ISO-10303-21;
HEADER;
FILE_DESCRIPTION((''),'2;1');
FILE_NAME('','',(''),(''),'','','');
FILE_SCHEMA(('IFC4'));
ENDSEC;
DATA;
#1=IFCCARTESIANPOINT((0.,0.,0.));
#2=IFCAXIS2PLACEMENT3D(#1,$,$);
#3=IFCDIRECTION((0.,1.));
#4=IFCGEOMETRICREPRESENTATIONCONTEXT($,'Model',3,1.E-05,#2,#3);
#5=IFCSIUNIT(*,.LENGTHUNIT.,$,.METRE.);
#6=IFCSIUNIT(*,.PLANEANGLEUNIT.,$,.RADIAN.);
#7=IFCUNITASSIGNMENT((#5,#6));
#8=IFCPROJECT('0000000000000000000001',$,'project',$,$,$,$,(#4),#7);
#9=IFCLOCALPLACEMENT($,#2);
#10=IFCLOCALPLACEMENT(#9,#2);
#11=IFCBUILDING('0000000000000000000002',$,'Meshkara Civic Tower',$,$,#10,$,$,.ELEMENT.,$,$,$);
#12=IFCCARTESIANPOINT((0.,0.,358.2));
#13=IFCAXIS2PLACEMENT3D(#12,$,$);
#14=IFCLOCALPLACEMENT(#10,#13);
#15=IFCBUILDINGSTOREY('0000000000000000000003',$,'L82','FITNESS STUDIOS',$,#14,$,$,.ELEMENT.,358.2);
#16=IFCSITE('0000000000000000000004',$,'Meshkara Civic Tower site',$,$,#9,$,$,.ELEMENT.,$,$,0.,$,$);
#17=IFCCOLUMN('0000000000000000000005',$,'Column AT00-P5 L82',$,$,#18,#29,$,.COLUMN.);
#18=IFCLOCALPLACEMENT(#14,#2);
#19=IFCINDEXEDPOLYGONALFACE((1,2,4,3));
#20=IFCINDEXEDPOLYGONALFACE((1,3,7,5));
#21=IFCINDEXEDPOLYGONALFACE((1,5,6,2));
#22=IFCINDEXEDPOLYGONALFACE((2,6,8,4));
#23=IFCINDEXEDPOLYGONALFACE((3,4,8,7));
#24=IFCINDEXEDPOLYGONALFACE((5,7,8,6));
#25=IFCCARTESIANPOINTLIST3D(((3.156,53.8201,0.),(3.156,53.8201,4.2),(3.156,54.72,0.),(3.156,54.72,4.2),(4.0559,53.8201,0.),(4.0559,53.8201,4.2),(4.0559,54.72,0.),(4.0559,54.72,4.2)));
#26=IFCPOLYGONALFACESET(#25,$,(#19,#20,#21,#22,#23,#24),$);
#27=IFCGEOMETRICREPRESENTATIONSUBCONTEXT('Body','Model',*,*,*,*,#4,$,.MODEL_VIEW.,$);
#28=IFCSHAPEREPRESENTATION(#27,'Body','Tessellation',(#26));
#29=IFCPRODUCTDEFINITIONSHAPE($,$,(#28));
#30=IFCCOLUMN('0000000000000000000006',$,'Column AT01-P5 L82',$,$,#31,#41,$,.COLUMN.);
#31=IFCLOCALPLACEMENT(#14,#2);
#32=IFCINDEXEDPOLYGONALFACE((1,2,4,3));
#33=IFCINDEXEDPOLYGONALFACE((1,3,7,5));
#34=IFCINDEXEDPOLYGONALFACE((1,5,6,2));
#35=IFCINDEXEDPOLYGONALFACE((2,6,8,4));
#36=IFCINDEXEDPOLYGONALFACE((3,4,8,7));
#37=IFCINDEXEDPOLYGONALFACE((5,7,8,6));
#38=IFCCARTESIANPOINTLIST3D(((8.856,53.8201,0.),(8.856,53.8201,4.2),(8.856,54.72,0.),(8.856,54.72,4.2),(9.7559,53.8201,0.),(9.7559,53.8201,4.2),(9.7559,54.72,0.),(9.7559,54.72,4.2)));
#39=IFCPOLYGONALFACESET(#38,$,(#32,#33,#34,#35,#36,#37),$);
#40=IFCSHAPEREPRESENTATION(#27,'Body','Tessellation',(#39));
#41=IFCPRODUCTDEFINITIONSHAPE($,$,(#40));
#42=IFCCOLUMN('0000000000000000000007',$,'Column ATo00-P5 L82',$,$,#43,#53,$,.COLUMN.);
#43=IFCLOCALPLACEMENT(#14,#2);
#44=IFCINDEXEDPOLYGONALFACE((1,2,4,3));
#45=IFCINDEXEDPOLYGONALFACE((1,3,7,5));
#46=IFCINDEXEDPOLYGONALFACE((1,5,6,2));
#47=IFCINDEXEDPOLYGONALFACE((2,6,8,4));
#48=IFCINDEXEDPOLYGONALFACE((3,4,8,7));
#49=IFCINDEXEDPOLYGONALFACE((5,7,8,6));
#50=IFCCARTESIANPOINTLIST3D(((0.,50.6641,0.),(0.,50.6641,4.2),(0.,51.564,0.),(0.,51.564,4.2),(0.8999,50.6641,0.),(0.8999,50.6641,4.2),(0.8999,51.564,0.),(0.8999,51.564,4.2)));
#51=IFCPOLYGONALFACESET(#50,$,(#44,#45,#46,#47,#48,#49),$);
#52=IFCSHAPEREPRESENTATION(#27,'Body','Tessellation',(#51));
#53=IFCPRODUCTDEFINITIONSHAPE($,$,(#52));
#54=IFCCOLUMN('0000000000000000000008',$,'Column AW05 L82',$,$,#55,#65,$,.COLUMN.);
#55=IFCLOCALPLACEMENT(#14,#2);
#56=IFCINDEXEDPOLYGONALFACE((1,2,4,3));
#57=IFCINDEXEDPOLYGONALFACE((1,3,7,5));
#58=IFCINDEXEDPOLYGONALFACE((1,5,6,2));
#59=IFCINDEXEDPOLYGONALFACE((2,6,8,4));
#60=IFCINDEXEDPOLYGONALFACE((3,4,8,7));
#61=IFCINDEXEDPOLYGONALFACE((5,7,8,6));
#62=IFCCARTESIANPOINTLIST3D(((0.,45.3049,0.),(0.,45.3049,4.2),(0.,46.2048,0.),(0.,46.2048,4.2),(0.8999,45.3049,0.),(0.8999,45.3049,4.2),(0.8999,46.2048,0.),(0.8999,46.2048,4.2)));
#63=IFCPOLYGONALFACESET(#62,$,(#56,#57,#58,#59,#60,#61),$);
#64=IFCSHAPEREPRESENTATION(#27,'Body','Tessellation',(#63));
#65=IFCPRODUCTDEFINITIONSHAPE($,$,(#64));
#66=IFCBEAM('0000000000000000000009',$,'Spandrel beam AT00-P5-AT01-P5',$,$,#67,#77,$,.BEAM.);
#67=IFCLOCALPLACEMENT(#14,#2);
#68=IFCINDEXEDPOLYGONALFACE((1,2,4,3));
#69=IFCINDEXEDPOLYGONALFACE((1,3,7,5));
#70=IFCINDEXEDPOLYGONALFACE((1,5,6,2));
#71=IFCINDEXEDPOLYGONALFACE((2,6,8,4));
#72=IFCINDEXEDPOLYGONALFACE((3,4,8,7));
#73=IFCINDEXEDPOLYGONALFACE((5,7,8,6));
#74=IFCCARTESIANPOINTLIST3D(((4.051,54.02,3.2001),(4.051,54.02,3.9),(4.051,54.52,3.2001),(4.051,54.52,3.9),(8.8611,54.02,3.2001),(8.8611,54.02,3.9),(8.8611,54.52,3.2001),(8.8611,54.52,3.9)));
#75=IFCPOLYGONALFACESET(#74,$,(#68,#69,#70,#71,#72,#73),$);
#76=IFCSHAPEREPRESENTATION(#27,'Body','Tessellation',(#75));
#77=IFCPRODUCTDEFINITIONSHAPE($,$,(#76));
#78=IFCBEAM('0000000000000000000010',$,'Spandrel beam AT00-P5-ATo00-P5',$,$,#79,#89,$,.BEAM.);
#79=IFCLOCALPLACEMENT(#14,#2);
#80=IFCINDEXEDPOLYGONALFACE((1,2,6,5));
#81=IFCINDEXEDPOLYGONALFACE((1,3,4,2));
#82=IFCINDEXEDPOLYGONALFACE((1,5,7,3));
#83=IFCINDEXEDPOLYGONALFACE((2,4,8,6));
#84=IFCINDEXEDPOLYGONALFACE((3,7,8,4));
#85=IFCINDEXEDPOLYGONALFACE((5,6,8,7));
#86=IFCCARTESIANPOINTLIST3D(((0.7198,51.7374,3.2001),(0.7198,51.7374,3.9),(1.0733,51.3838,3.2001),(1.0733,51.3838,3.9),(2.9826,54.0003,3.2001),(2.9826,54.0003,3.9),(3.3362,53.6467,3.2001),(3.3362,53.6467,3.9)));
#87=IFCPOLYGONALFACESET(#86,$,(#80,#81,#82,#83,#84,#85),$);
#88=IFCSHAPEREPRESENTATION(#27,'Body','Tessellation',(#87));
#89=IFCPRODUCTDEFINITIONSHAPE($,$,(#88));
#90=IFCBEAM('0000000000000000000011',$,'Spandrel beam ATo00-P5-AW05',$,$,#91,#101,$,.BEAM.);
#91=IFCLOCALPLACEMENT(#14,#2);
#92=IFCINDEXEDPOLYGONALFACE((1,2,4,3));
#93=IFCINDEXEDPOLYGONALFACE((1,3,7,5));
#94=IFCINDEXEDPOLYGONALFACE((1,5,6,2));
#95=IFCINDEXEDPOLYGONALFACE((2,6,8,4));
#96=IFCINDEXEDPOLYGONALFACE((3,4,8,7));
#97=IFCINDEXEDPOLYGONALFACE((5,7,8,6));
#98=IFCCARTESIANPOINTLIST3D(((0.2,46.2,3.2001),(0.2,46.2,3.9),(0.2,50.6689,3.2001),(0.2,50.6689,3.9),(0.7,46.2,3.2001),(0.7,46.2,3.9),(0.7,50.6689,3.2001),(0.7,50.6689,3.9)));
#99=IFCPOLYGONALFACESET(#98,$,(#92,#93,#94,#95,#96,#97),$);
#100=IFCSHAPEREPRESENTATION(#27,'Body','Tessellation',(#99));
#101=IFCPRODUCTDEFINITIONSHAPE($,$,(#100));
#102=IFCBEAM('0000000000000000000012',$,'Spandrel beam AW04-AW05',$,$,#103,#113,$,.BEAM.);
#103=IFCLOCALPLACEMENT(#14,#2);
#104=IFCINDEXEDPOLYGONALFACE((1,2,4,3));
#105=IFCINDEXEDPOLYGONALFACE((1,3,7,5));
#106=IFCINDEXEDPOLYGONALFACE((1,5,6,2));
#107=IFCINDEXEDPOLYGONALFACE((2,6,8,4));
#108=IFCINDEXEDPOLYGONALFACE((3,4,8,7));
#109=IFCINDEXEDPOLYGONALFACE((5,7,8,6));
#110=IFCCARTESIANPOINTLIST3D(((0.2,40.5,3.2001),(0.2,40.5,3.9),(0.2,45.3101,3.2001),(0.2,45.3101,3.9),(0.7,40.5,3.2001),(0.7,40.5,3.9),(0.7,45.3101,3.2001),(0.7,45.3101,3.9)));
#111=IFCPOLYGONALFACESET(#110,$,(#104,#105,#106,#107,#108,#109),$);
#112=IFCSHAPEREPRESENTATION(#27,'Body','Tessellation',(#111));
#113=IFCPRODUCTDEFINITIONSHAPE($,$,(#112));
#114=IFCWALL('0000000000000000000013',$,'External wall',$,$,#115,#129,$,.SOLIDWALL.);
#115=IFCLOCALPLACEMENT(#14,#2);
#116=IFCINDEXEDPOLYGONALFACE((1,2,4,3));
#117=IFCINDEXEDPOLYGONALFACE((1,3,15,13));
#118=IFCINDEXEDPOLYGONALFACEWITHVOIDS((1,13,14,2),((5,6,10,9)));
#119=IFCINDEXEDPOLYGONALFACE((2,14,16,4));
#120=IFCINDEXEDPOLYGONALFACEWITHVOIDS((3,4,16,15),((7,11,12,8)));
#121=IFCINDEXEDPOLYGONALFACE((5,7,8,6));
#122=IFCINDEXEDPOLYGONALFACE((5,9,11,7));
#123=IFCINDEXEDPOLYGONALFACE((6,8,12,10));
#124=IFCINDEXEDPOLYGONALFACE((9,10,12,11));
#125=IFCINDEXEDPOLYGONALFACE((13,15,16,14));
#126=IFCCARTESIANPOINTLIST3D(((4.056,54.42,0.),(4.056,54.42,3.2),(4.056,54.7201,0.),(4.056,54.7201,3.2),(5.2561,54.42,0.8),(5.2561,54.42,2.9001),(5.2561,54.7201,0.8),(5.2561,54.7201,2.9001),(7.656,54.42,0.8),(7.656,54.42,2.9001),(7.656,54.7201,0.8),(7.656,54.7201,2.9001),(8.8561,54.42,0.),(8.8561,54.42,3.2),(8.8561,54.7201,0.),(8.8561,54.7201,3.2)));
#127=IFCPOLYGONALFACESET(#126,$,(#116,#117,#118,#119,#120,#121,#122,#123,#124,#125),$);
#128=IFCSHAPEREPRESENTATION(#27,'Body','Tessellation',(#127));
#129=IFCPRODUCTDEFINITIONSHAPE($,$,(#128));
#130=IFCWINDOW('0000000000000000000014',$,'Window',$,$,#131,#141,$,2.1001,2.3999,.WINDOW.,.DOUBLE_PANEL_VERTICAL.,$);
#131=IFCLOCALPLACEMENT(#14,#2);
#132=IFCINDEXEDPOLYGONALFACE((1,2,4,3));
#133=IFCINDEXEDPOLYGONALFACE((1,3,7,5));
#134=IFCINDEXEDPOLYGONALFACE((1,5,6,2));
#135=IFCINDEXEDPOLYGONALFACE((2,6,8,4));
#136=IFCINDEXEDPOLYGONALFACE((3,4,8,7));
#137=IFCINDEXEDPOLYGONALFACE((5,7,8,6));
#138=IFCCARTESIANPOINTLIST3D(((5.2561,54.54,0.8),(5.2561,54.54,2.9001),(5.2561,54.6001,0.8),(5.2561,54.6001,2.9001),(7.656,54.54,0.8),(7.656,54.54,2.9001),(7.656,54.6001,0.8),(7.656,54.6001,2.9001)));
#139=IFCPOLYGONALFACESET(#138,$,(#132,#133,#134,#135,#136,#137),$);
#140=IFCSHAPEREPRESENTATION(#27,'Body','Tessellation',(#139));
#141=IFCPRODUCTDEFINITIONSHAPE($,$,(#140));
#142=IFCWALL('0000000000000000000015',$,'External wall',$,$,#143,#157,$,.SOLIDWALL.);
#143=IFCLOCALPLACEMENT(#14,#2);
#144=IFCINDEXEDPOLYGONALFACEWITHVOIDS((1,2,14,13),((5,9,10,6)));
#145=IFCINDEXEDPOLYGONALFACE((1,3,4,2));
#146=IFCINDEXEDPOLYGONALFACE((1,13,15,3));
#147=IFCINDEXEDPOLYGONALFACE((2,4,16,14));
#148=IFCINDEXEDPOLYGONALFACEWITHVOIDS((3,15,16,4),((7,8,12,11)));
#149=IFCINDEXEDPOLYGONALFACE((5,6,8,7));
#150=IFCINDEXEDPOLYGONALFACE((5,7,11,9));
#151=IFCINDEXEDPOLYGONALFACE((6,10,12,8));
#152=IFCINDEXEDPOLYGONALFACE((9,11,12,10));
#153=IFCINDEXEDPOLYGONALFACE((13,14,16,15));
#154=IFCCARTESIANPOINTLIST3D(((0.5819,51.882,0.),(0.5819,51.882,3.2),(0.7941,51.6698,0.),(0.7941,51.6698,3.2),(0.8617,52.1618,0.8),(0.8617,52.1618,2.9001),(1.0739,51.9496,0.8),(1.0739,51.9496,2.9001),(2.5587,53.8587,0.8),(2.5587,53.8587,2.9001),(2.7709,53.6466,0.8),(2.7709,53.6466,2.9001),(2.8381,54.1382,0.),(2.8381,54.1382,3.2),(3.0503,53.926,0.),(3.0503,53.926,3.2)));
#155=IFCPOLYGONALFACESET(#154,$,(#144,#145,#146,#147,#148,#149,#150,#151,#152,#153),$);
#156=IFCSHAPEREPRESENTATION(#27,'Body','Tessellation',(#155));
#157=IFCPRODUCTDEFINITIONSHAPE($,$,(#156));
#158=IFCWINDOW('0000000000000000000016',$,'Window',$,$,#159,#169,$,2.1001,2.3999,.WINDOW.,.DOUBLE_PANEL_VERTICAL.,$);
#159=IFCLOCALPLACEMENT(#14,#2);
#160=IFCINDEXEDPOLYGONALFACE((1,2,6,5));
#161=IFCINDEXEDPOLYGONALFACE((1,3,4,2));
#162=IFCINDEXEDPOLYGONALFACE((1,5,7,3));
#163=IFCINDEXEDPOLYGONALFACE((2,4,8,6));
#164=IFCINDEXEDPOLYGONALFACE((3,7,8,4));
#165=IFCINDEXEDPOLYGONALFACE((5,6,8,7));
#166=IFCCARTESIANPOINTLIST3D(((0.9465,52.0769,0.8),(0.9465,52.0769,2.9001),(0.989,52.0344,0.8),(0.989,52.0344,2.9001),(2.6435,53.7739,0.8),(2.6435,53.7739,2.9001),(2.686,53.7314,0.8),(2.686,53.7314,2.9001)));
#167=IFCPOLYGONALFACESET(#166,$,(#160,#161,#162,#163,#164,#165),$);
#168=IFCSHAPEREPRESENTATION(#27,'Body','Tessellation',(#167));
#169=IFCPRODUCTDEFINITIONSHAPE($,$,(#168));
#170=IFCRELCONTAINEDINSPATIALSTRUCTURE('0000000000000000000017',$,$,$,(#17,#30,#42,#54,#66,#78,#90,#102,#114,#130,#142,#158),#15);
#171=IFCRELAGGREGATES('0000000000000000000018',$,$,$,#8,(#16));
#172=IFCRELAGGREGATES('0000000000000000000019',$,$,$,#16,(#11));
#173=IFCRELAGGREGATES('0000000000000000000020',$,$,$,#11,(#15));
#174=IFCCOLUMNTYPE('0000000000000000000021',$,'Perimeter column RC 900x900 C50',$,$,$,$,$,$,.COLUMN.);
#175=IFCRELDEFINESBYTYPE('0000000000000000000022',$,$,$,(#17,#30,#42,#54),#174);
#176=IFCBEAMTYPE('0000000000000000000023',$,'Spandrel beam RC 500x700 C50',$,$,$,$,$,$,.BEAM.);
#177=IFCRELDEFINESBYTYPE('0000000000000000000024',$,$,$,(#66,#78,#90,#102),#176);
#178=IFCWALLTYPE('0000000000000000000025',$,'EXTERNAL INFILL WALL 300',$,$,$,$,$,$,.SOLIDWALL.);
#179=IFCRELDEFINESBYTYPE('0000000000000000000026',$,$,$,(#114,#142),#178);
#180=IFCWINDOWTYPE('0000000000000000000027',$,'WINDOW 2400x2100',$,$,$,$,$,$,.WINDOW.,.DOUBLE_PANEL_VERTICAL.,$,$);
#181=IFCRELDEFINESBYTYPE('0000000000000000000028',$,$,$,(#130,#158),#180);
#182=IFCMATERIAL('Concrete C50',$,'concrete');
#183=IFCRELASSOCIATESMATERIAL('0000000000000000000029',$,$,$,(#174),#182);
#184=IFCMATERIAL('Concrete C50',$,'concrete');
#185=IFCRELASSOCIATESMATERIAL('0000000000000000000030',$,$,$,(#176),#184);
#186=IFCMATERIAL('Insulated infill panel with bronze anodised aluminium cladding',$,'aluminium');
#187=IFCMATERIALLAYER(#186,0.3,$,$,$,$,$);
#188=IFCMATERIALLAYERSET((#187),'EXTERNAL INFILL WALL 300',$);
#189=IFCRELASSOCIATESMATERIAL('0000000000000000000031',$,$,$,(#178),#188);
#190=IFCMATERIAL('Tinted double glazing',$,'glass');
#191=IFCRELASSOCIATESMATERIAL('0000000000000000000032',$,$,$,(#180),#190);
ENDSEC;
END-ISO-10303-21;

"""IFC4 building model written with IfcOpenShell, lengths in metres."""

from ifc_helpers import new_model, si_unit, direction, frame, frame_2d, origin, origin_2d, place, context, subcontext, project, spatial, rectangle, extrude, material, layer, layer_set, material_profile, profile_set, type_object, element, fill, save


model = new_model("IFC4")

# Units and contexts
model_context = context("Model", 3, precision=1e-05, world=origin(), true_north=direction((0.0, 1.0)))
body_context = subcontext(model_context, "Body", "Model", "MODEL_VIEW")
ifc_project = project(units=[si_unit("LENGTHUNIT", "METRE"), si_unit("PLANEANGLEUNIT", "RADIAN")], contexts=[model_context])

# Site, building, storey
site_placement = place(None, origin())
site = spatial("IfcSite", under=ifc_project, at=site_placement, Name="Meshkara Civic Tower site", CompositionType="ELEMENT", RefElevation=0.0)
building_placement = place(site_placement, origin())
building = spatial("IfcBuilding", under=site, at=building_placement, Name="Meshkara Civic Tower", CompositionType="ELEMENT")
storey_placement = place(building_placement, frame((0.0, 0.0, 358.2)))
storey = spatial("IfcBuildingStorey", under=building, at=storey_placement, Name="L82", Description="FITNESS STUDIOS", CompositionType="ELEMENT", Elevation=358.2)

# Columns
ifc_material_1 = material(Name="Concrete C50", Category="concrete")
ifc_material_profile_1 = material_profile(ifc_material_1, rectangle(XDim=0.8999, YDim=0.8999, at=origin_2d()))
ifc_profile_set_1 = profile_set([ifc_material_profile_1], Name="Concrete C50")
column_type = type_object("IfcColumnType", Name="Perimeter column RC 900x900 C50", PredefinedType="COLUMN", material=ifc_profile_set_1)
for number, where, z_axis, x_axis, name in (
    (1, (3.606, 54.27, 0.0), (0.0, 0.0, 1.0), (1.0, 0.0, 0.0), "Column AT00-P5 L82"),
    (2, (9.3059, 54.27, 0.0), (0.0, 0.0, 1.0), (1.0, 0.0, 0.0), "Column AT01-P5 L82"),
    (3, (0.45, 51.114, 0.0), (0.0, 0.0, 1.0), (1.0, 0.0, 0.0), "Column ATo00-P5 L82"),
    (4, (0.45, 45.7549, 0.0), (0.0, 0.0, 1.0), (1.0, 0.0, 0.0), "Column AW05 L82"),
):
    element("IfcColumn", number, at=place(storey_placement, frame(where, z_axis=z_axis, x_axis=x_axis)), inside=storey, type_object=column_type, Name=name, PredefinedType="COLUMN", context=body_context, shape_type="SweptSolid", body=[
        extrude(rectangle(XDim=0.8999, YDim=0.8999, at=origin_2d()), origin(), (0.0, 0.0, 1.0), 4.2),
    ])

# Beams
ifc_material_2 = material(Name="Concrete C50", Category="concrete")
ifc_material_profile_2 = material_profile(ifc_material_2, rectangle(XDim=0.5, YDim=0.7, at=origin_2d()))
ifc_profile_set_2 = profile_set([ifc_material_profile_2], Name="Concrete C50")
beam_type = type_object("IfcBeamType", Name="Spandrel beam RC 500x700 C50", PredefinedType="BEAM", material=ifc_profile_set_2)
beam_1_placement = place(storey_placement, frame((8.8611, 54.27, 3.55), z_axis=(-1.0, 0.0, 0.0), x_axis=(0.0, -1.0, 0.0)))
element("IfcBeam", 5, at=beam_1_placement, inside=storey, type_object=beam_type, Name="Spandrel beam AT00-P5-AT01-P5", PredefinedType="BEAM", context=body_context, shape_type="SweptSolid", body=[
    extrude(rectangle(XDim=0.5, YDim=0.7, at=origin_2d()), origin(), (0.0, 0.0, 1.0), 4.8101),
])
beam_2_placement = place(storey_placement, frame((3.1594, 53.8235, 3.55), z_axis=(-0.707107, -0.707107, 0.0), x_axis=(0.707107, -0.707107, 0.0)))
element("IfcBeam", 6, at=beam_2_placement, inside=storey, type_object=beam_type, Name="Spandrel beam AT00-P5-ATo00-P5", PredefinedType="BEAM", context=body_context, shape_type="SweptSolid", body=[
    extrude(rectangle(XDim=0.5, YDim=0.7, at=origin_2d()), origin(), (0.0, 0.0, 1.0), 3.2002),
])
beam_3_placement = place(storey_placement, frame((0.45, 50.6689, 3.55), z_axis=(0.0, -1.0, 0.0), x_axis=(1.0, 0.0, 0.0)))
element("IfcBeam", 7, at=beam_3_placement, inside=storey, type_object=beam_type, Name="Spandrel beam ATo00-P5-AW05", PredefinedType="BEAM", context=body_context, shape_type="SweptSolid", body=[
    extrude(rectangle(XDim=0.5, YDim=0.7, at=origin_2d()), origin(), (0.0, 0.0, 1.0), 4.469),
])
beam_4_placement = place(storey_placement, frame((0.45, 45.3101, 3.55), z_axis=(0.0, -1.0, 0.0), x_axis=(1.0, 0.0, 0.0)))
element("IfcBeam", 8, at=beam_4_placement, inside=storey, type_object=beam_type, Name="Spandrel beam AW04-AW05", PredefinedType="BEAM", context=body_context, shape_type="SweptSolid", body=[
    extrude(rectangle(XDim=0.5, YDim=0.7, at=origin_2d()), origin(), (0.0, 0.0, 1.0), 4.8101),
])

# Walls, openings, windows
ifc_material_3 = material(Name="Insulated infill panel with bronze anodised aluminium cladding", Category="aluminium")
ifc_layer_1 = layer(ifc_material_3, 0.3)
ifc_layer_set_1 = layer_set([ifc_layer_1], Name="EXTERNAL INFILL WALL 300")
wall_type_1 = type_object("IfcWallType", Name="EXTERNAL INFILL WALL 300", PredefinedType="SOLIDWALL", material=ifc_layer_set_1)
wall_1_placement = place(storey_placement, frame((8.856, 54.5701, 0.0), z_axis=(0.0, 0.0, 1.0), x_axis=(-1.0, 0.0, 0.0)))
wall_1 = element("IfcWall", 9, at=wall_1_placement, inside=storey, type_object=wall_type_1, Name="External wall", PredefinedType="SOLIDWALL", context=body_context, shape_type="SweptSolid", body=[
    extrude(rectangle(XDim=4.8, YDim=0.3, at=frame_2d((2.3999, 0.0))), origin(), (0.0, 0.0, 1.0), 3.2),
])
opening_1_placement = place(wall_1_placement, frame((1.2, 0.0, 0.8)))
opening_1 = element("IfcOpeningElement", 10, at=opening_1_placement, cuts=wall_1, PredefinedType="OPENING", context=body_context, shape_type="SweptSolid", body=[
    extrude(rectangle(XDim=2.3999, YDim=2.1001, at=frame_2d((1.2, 1.05))), frame((0.0, 0.1599, 0.0), z_axis=(0.0, -1.0, 0.0), x_axis=(1.0, 0.0, 0.0)), (0.0, 0.0, 1.0), 0.3201),
])
ifc_material_4 = material(Name="Tinted double glazing", Category="glass")
window_type = type_object("IfcWindowType", Name="WINDOW 2400x2100", PartitioningType="DOUBLE_PANEL_VERTICAL", PredefinedType="WINDOW", material=ifc_material_4)
window_1_placement = place(opening_1_placement, origin())
window_1 = element("IfcWindow", 11, at=window_1_placement, inside=storey, type_object=window_type, Name="Window", OverallHeight=2.1001, OverallWidth=2.3999, PartitioningType="DOUBLE_PANEL_VERTICAL", PredefinedType="WINDOW", context=body_context, shape_type="SweptSolid", body=[
    extrude(rectangle(XDim=2.3999, YDim=2.1001, at=frame_2d((1.2, 1.05))), frame((0.0, 0.03, 0.0), z_axis=(0.0, -1.0, 0.0), x_axis=(1.0, 0.0, 0.0)), (0.0, 0.0, 1.0), 0.0601),
])
fill(opening_1, window_1)
wall_2_placement = place(storey_placement, frame((2.9441, 54.032, 0.0), z_axis=(0.0, 0.0, 1.0), x_axis=(-0.707107, -0.707107, 0.0)))
wall_2 = element("IfcWall", 12, at=wall_2_placement, inside=storey, type_object=wall_type_1, Name="External wall", PredefinedType="SOLIDWALL", context=body_context, shape_type="SweptSolid", body=[
    extrude(rectangle(XDim=3.1907, YDim=0.3, at=frame_2d((1.5952, 0.0))), origin(), (0.0, 0.0, 1.0), 3.2),
])
opening_2_placement = place(wall_2_placement, frame((0.395, 0.0, 0.8)))
opening_2 = element("IfcOpeningElement", 13, at=opening_2_placement, cuts=wall_2, PredefinedType="OPENING", context=body_context, shape_type="SweptSolid", body=[
    extrude(rectangle(XDim=2.3999, YDim=2.1001, at=frame_2d((1.2, 1.05))), frame((0.0, 0.1599, 0.0), z_axis=(0.0, -1.0, 0.0), x_axis=(1.0, 0.0, 0.0)), (0.0, 0.0, 1.0), 0.3201),
])
window_2_placement = place(opening_2_placement, origin())
window_2 = element("IfcWindow", 14, at=window_2_placement, inside=storey, type_object=window_type, Name="Window", OverallHeight=2.1001, OverallWidth=2.3999, PartitioningType="DOUBLE_PANEL_VERTICAL", PredefinedType="WINDOW", context=body_context, shape_type="SweptSolid", body=[
    extrude(rectangle(XDim=2.3999, YDim=2.1001, at=frame_2d((1.2, 1.05))), frame((0.0, 0.03, 0.0), z_axis=(0.0, -1.0, 0.0), x_axis=(1.0, 0.0, 0.0)), (0.0, 0.0, 1.0), 0.0601),
])
fill(opening_2, window_2)

save(model, "model.ifc")
